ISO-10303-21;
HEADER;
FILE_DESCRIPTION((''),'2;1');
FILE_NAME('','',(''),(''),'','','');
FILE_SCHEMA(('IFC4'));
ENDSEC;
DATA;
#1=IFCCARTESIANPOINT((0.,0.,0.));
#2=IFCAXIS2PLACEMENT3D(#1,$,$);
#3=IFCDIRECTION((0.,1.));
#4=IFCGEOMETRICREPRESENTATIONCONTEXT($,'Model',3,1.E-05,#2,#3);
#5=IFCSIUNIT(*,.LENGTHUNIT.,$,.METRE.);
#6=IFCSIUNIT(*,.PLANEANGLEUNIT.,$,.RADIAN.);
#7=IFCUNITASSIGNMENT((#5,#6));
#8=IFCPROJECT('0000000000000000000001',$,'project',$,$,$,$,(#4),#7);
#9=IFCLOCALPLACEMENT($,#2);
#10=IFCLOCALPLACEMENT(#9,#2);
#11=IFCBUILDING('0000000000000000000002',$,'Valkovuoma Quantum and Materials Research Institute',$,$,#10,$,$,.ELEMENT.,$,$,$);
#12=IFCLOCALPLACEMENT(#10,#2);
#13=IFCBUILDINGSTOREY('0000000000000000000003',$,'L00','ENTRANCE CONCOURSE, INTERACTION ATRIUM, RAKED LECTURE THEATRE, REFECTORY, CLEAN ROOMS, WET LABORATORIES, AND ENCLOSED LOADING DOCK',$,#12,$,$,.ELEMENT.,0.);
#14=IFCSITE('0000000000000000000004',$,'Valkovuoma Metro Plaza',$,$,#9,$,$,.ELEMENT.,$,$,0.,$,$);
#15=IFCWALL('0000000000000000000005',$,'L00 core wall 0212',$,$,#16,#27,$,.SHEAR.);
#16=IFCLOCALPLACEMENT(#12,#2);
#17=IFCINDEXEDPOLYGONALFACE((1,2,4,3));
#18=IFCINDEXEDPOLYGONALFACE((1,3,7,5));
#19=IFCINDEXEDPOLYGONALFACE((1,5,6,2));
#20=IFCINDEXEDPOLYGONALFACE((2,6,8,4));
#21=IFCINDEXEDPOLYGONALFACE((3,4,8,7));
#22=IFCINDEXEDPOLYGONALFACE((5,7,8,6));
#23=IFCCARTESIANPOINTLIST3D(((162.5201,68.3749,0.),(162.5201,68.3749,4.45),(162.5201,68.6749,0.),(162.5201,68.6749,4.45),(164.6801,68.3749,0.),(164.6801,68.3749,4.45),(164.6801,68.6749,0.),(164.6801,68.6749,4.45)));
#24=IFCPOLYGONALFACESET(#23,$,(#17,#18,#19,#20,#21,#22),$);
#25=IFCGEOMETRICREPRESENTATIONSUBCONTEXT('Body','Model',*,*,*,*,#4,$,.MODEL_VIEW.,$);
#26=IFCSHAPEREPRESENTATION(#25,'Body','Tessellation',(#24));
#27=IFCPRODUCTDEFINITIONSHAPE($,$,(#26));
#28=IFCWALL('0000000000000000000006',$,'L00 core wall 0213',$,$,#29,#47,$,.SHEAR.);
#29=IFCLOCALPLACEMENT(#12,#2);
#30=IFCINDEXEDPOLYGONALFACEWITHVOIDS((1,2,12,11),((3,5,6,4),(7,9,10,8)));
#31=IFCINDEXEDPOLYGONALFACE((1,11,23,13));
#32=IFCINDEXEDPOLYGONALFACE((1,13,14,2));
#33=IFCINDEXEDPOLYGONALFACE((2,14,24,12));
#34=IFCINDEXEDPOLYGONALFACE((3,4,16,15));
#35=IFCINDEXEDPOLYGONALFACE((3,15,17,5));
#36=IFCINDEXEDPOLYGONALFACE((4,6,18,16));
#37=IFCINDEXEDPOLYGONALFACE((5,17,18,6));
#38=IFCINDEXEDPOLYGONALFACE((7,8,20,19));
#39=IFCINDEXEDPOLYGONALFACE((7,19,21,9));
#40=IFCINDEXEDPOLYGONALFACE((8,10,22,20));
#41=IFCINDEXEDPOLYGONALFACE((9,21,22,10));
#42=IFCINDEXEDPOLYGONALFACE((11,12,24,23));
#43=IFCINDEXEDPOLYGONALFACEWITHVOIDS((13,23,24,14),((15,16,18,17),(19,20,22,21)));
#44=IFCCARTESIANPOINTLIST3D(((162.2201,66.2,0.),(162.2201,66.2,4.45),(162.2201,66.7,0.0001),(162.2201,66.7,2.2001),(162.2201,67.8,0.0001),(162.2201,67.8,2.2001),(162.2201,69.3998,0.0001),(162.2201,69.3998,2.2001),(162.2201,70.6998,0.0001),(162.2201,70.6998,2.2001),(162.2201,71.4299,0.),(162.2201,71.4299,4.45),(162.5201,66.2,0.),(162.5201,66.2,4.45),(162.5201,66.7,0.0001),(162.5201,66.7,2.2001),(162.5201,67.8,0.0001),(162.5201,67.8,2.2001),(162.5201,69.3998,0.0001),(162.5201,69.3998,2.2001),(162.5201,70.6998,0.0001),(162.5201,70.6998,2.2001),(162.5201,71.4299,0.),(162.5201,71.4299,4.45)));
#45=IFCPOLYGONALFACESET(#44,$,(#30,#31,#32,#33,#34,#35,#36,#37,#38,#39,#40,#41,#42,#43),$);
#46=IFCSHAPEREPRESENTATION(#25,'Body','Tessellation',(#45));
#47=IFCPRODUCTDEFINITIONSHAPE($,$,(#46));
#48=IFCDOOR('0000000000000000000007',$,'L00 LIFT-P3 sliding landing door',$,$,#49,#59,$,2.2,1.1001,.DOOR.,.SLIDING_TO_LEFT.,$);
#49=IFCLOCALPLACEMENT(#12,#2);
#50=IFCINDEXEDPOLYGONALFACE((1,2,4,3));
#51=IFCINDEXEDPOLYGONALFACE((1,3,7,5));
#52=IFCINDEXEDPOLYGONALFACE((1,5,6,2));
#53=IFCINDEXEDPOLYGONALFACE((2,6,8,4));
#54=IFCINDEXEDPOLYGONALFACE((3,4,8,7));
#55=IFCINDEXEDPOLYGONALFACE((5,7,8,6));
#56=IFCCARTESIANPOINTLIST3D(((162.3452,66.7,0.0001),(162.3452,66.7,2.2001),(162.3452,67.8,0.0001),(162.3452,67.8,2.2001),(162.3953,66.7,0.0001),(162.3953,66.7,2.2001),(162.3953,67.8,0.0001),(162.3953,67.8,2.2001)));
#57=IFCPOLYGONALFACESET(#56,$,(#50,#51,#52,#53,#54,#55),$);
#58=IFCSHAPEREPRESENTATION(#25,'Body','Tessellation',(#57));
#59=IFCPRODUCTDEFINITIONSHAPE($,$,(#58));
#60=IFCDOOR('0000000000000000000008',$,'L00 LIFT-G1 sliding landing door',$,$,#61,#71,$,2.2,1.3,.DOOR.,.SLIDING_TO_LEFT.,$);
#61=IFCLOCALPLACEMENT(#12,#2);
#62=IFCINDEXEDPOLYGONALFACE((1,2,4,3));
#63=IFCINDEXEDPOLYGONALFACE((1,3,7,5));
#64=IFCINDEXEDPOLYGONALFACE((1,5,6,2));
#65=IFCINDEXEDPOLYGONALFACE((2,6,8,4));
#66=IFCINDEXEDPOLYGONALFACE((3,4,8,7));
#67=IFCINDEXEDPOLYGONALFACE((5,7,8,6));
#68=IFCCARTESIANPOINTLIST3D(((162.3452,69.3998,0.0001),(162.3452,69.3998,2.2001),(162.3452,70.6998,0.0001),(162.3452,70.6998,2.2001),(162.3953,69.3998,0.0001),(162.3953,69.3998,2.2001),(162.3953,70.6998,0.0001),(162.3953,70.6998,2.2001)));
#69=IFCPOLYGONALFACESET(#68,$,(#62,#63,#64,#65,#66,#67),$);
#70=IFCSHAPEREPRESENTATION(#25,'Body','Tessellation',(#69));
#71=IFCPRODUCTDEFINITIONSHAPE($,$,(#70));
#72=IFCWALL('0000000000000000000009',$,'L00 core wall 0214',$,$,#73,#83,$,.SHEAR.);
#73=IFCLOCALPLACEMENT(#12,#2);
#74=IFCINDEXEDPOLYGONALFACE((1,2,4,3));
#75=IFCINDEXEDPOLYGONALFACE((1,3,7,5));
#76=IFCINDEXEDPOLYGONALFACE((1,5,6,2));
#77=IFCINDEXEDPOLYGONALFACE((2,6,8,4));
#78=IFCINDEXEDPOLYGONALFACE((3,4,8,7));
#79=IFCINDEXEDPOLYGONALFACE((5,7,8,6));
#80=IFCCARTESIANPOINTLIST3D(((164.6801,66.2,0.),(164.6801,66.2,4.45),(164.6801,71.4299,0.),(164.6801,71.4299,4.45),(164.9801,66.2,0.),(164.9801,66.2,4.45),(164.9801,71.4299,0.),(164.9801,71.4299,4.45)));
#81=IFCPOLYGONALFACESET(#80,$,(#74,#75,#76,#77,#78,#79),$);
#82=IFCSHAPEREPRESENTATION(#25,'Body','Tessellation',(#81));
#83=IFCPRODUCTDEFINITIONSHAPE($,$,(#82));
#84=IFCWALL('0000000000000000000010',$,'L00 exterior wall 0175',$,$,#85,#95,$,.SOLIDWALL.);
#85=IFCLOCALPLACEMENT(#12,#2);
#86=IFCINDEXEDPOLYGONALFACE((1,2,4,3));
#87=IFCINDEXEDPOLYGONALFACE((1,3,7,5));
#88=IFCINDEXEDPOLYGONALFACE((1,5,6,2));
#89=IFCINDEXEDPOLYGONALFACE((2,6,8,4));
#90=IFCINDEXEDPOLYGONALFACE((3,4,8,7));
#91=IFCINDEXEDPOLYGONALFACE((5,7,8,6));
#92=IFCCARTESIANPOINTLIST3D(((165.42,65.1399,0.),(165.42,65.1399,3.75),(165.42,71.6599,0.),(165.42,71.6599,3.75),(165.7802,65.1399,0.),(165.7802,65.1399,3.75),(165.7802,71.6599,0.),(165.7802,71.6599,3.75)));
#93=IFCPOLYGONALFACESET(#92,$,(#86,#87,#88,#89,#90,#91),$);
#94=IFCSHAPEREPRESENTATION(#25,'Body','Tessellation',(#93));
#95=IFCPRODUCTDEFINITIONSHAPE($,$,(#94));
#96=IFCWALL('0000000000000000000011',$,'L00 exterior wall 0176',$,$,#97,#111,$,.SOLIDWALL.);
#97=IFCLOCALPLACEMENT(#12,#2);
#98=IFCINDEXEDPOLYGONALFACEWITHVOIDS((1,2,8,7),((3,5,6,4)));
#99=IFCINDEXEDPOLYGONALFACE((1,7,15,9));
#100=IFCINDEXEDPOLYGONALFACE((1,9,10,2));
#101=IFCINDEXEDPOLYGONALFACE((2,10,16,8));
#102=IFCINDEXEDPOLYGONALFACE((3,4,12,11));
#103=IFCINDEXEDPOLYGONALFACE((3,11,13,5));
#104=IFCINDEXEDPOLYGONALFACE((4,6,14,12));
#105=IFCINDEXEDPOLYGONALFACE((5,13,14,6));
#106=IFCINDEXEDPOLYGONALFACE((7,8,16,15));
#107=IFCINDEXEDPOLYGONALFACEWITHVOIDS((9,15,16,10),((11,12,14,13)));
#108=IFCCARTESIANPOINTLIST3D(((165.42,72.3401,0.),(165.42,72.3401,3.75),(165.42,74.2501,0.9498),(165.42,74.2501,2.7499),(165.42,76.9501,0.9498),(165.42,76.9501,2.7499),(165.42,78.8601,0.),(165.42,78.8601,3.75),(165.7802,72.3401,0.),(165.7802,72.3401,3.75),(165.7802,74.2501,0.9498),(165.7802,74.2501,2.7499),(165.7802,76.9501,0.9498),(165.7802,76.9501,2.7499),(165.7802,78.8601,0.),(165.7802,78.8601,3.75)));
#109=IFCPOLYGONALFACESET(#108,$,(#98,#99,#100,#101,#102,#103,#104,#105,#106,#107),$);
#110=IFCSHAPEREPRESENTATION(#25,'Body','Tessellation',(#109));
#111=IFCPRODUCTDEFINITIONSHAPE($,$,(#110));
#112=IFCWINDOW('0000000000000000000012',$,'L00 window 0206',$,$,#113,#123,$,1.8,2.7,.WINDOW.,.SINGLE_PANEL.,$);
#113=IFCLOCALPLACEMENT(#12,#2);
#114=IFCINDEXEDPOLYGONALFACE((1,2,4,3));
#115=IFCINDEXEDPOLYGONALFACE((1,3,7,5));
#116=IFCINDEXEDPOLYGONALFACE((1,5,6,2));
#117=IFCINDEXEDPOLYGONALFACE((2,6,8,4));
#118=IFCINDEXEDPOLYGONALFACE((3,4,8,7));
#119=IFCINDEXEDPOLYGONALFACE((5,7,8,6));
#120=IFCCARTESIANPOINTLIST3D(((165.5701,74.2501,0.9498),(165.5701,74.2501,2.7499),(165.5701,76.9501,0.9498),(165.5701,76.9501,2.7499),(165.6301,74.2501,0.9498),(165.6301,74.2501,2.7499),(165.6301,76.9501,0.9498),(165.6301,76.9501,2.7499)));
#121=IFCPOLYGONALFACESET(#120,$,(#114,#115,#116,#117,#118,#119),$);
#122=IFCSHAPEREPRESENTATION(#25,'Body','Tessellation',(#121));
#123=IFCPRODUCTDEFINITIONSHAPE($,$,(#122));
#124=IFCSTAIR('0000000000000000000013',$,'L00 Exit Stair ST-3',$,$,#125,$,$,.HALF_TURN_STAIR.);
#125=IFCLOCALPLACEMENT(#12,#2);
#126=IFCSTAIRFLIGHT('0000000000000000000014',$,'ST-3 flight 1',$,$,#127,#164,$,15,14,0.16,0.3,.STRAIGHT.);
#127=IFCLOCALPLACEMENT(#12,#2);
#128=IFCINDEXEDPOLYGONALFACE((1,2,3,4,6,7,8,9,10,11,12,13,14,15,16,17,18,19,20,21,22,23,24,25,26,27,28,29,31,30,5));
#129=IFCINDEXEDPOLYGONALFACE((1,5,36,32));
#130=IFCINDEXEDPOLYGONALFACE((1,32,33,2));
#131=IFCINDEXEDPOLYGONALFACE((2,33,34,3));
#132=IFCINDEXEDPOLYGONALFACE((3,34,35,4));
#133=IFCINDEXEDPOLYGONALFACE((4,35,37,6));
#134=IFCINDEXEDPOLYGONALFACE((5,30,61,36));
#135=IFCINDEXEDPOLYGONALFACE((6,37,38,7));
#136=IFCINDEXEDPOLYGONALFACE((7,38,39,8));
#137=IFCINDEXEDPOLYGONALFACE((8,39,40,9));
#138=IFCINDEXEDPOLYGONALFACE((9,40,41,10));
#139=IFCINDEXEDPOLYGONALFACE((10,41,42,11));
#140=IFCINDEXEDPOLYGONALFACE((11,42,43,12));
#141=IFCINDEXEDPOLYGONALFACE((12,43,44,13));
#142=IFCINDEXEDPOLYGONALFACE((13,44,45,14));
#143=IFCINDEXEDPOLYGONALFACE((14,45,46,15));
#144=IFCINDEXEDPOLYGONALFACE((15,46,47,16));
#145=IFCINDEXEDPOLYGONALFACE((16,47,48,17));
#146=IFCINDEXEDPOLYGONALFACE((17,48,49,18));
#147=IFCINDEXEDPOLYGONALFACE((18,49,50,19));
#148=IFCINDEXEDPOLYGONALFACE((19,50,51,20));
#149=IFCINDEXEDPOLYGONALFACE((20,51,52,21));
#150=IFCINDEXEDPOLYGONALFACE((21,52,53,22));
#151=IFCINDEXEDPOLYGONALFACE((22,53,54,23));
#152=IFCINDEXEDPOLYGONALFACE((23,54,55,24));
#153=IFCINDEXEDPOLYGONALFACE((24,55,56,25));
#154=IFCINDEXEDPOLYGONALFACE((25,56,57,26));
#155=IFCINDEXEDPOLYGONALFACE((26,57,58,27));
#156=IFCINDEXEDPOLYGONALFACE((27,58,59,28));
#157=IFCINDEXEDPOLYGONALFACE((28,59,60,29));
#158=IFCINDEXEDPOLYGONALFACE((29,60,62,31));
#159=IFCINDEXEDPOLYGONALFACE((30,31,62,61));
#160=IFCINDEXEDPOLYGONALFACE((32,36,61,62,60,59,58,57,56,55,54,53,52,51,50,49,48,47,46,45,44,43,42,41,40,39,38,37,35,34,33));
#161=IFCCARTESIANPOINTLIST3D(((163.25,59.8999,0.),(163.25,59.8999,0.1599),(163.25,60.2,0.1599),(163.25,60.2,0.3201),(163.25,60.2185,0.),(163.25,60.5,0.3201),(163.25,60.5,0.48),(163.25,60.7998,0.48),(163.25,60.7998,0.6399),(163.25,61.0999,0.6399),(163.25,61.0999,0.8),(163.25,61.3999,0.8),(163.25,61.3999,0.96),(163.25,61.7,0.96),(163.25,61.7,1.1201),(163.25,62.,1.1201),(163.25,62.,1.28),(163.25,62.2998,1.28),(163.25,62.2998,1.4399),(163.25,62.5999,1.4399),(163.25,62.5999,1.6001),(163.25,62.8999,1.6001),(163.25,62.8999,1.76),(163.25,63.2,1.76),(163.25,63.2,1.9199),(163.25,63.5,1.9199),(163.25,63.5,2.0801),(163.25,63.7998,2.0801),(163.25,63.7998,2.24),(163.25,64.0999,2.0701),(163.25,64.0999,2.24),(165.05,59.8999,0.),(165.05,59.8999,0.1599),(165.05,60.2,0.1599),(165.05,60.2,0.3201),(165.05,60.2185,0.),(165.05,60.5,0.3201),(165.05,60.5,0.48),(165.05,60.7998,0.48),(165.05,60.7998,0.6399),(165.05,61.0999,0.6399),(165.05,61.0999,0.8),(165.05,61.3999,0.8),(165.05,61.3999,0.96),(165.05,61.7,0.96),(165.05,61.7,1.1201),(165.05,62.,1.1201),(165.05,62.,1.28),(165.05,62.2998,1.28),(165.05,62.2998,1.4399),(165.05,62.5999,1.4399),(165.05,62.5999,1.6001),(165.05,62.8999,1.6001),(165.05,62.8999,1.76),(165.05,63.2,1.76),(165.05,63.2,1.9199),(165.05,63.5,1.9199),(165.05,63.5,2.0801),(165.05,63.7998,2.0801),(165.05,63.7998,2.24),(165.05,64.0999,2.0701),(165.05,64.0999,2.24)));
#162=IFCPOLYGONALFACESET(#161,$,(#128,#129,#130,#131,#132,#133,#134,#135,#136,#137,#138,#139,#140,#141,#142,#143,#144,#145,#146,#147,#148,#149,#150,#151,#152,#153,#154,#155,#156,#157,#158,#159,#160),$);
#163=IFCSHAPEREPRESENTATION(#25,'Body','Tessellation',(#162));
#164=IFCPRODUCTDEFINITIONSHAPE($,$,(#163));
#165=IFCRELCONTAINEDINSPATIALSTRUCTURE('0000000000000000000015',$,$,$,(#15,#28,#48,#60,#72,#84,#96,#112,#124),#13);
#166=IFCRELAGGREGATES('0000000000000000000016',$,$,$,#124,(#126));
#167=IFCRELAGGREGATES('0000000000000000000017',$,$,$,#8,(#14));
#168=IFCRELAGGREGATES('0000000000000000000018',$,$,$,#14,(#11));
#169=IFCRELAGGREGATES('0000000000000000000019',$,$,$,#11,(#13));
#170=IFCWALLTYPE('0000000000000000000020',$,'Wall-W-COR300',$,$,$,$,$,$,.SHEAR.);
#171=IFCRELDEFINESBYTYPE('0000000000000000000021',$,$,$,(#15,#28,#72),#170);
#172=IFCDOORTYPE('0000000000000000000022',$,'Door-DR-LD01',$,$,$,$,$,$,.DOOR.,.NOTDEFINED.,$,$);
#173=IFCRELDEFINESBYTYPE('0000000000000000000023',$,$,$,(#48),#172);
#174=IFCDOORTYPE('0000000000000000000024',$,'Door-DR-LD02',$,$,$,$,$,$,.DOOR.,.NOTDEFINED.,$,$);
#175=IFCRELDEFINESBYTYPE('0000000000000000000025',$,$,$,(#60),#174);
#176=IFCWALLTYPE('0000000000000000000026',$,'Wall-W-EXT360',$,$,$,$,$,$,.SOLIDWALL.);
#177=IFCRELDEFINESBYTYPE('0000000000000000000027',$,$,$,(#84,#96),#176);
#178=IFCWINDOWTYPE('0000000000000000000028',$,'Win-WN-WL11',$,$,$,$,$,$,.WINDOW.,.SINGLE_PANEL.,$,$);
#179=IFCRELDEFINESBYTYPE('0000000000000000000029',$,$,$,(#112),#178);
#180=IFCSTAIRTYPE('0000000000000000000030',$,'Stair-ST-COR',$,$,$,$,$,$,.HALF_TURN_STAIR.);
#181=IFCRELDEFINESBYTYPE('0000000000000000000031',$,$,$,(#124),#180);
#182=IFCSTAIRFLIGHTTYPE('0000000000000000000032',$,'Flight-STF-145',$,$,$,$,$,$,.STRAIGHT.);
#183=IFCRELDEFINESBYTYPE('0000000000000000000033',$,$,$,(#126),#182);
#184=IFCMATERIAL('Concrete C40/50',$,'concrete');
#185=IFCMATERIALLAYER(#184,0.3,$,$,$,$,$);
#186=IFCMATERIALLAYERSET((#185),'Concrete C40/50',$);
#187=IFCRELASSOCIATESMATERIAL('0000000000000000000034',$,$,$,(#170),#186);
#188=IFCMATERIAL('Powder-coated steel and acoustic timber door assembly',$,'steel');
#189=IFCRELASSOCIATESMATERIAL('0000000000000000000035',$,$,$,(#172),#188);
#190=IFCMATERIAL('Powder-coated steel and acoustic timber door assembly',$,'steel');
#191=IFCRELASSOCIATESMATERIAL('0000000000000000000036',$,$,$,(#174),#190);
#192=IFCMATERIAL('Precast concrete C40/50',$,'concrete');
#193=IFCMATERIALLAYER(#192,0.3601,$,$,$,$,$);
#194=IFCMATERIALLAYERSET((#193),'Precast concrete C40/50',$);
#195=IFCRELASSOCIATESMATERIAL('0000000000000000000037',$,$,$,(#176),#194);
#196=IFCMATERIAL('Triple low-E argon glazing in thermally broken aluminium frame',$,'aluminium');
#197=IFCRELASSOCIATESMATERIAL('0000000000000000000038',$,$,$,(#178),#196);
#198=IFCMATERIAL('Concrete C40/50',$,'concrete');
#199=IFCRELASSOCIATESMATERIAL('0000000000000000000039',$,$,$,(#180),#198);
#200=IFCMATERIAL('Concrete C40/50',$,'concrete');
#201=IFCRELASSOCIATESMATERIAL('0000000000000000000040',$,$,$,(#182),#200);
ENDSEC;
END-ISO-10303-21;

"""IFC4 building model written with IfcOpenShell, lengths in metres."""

from ifc_helpers import new_model, si_unit, direction, frame, frame_2d, origin, place, context, subcontext, project, spatial, polyline, rectangle, outline, extrude, material, layer, layer_set, type_object, element, fill, aggregate, save


model = new_model("IFC4")

# Units and contexts
model_context = context("Model", 3, precision=1e-05, world=origin(), true_north=direction((0.0, 1.0)))
body_context = subcontext(model_context, "Body", "Model", "MODEL_VIEW")
ifc_project = project(units=[si_unit("LENGTHUNIT", "METRE"), si_unit("PLANEANGLEUNIT", "RADIAN")], contexts=[model_context])

# Site, building, storey
site_placement = place(None, origin())
site = spatial("IfcSite", under=ifc_project, at=site_placement, Name="Valkovuoma Metro Plaza", CompositionType="ELEMENT", RefElevation=0.0)
building_placement = place(site_placement, origin())
building = spatial("IfcBuilding", under=site, at=building_placement, Name="Valkovuoma Quantum and Materials Research Institute", CompositionType="ELEMENT")
storey_placement = place(building_placement, origin())
storey = spatial("IfcBuildingStorey", under=building, at=storey_placement, Name="L00", Description="ENTRANCE CONCOURSE, INTERACTION ATRIUM, RAKED LECTURE THEATRE, REFECTORY, CLEAN ROOMS, WET LABORATORIES, AND ENCLOSED LOADING DOCK", CompositionType="ELEMENT", Elevation=0.0)

# Wall
ifc_material_1 = material(Name="Concrete C40/50", Category="concrete")
ifc_layer_1 = layer(ifc_material_1, 0.3)
ifc_layer_set_1 = layer_set([ifc_layer_1], Name="Concrete C40/50")
wall_type_1 = type_object("IfcWallType", Name="Wall-W-COR300", PredefinedType="SHEAR", material=ifc_layer_set_1)
wall_1_placement = place(storey_placement, frame((162.52, 68.5249, 0.0), z_axis=(0.0, 0.0, 1.0), x_axis=(1.0, 0.0, 0.0)))
element("IfcWall", 1, at=wall_1_placement, inside=storey, type_object=wall_type_1, Name="L00 core wall 0212", PredefinedType="SHEAR", context=body_context, shape_type="SweptSolid", body=[
    extrude(rectangle(XDim=2.1599, YDim=0.3, at=frame_2d((1.0801, 0.0))), origin(), (0.0, 0.0, 1.0), 4.45),
])

# Wall, openings, doors
wall_2_placement = place(storey_placement, frame((162.3701, 66.2, 0.0), z_axis=(0.0, 0.0, 1.0), x_axis=(0.0, 1.0, 0.0)))
wall_2 = element("IfcWall", 2, at=wall_2_placement, inside=storey, type_object=wall_type_1, Name="L00 core wall 0213", PredefinedType="SHEAR", context=body_context, shape_type="SweptSolid", body=[
    extrude(rectangle(XDim=5.23, YDim=0.3, at=frame_2d((2.615, 0.0))), origin(), (0.0, 0.0, 1.0), 4.45),
])
opening_1_placement = place(wall_2_placement, frame((0.5, 0.0, 0.0)))
opening_1 = element("IfcOpeningElement", 3, at=opening_1_placement, cuts=wall_2, PredefinedType="OPENING", context=body_context, shape_type="SweptSolid", body=[
    extrude(rectangle(XDim=1.1001, YDim=2.2, at=frame_2d((0.55, 1.1001))), frame((0.0, 0.1602, 0.0), z_axis=(0.0, -1.0, 0.0), x_axis=(1.0, 0.0, 0.0)), (0.0, 0.0, 1.0), 0.3201),
])
opening_2_placement = place(wall_2_placement, frame((3.2, 0.0, 0.0)))
opening_2 = element("IfcOpeningElement", 4, at=opening_2_placement, cuts=wall_2, PredefinedType="OPENING", context=body_context, shape_type="SweptSolid", body=[
    extrude(rectangle(XDim=1.3, YDim=2.2, at=frame_2d((0.6499, 1.1001))), frame((0.0, 0.1602, 0.0), z_axis=(0.0, -1.0, 0.0), x_axis=(1.0, 0.0, 0.0)), (0.0, 0.0, 1.0), 0.3201),
])
ifc_material_2 = material(Name="Powder-coated steel and acoustic timber door assembly", Category="steel")
door_type_1 = type_object("IfcDoorType", Name="Door-DR-LD01", OperationType="NOTDEFINED", PredefinedType="DOOR", material=ifc_material_2)
door_1_placement = place(opening_1_placement, origin())
door_1 = element("IfcDoor", 5, at=door_1_placement, inside=storey, type_object=door_type_1, Name="L00 LIFT-P3 sliding landing door", OperationType="SLIDING_TO_LEFT", OverallHeight=2.2, OverallWidth=1.1001, PredefinedType="DOOR", context=body_context, shape_type="SweptSolid", body=[
    extrude(rectangle(XDim=1.1001, YDim=2.2, at=frame_2d((0.55, 1.1001))), frame((0.0, 0.0249, 0.0), z_axis=(0.0, -1.0, 0.0), x_axis=(1.0, 0.0, 0.0)), (0.0, 0.0, 1.0), 0.05),
])
fill(opening_1, door_1)
ifc_material_3 = material(Name="Powder-coated steel and acoustic timber door assembly", Category="steel")
door_type_2 = type_object("IfcDoorType", Name="Door-DR-LD02", OperationType="NOTDEFINED", PredefinedType="DOOR", material=ifc_material_3)
door_2_placement = place(opening_2_placement, origin())
door_2 = element("IfcDoor", 6, at=door_2_placement, inside=storey, type_object=door_type_2, Name="L00 LIFT-G1 sliding landing door", OperationType="SLIDING_TO_LEFT", OverallHeight=2.2, OverallWidth=1.3, PredefinedType="DOOR", context=body_context, shape_type="SweptSolid", body=[
    extrude(rectangle(XDim=1.3, YDim=2.2, at=frame_2d((0.6499, 1.1001))), frame((0.0, 0.0249, 0.0), z_axis=(0.0, -1.0, 0.0), x_axis=(1.0, 0.0, 0.0)), (0.0, 0.0, 1.0), 0.05),
])
fill(opening_2, door_2)

# Walls
wall_3_placement = place(storey_placement, frame((164.8301, 66.2, 0.0), z_axis=(0.0, 0.0, 1.0), x_axis=(0.0, 1.0, 0.0)))
element("IfcWall", 7, at=wall_3_placement, inside=storey, type_object=wall_type_1, Name="L00 core wall 0214", PredefinedType="SHEAR", context=body_context, shape_type="SweptSolid", body=[
    extrude(rectangle(XDim=5.23, YDim=0.3, at=frame_2d((2.615, 0.0))), origin(), (0.0, 0.0, 1.0), 4.45),
])
ifc_material_4 = material(Name="Precast concrete C40/50", Category="concrete")
ifc_layer_2 = layer(ifc_material_4, 0.3601)
ifc_layer_set_2 = layer_set([ifc_layer_2], Name="Precast concrete C40/50")
wall_type_2 = type_object("IfcWallType", Name="Wall-W-EXT360", PredefinedType="SOLIDWALL", material=ifc_layer_set_2)
wall_4_placement = place(storey_placement, frame((165.6001, 65.1399, 0.0), z_axis=(0.0, 0.0, 1.0), x_axis=(0.0, 1.0, 0.0)))
element("IfcWall", 8, at=wall_4_placement, inside=storey, type_object=wall_type_2, Name="L00 exterior wall 0175", PredefinedType="SOLIDWALL", context=body_context, shape_type="SweptSolid", body=[
    extrude(rectangle(XDim=6.52, YDim=0.3601, at=frame_2d((3.26, 0.0))), origin(), (0.0, 0.0, 1.0), 3.75),
])

# Wall, opening, window
wall_5_placement = place(storey_placement, frame((165.6001, 72.3401, 0.0), z_axis=(0.0, 0.0, 1.0), x_axis=(0.0, 1.0, 0.0)))
wall_5 = element("IfcWall", 9, at=wall_5_placement, inside=storey, type_object=wall_type_2, Name="L00 exterior wall 0176", PredefinedType="SOLIDWALL", context=body_context, shape_type="SweptSolid", body=[
    extrude(rectangle(XDim=6.52, YDim=0.3601, at=frame_2d((3.26, 0.0))), origin(), (0.0, 0.0, 1.0), 3.75),
])
opening_3_placement = place(wall_5_placement, frame((1.9099, 0.0, 0.95)))
opening_3 = element("IfcOpeningElement", 10, at=opening_3_placement, cuts=wall_5, PredefinedType="OPENING", context=body_context, shape_type="SweptSolid", body=[
    extrude(rectangle(XDim=2.7, YDim=1.8, at=frame_2d((1.3501, 0.8999))), frame((0.0, 0.1899, 0.0), z_axis=(0.0, -1.0, 0.0), x_axis=(1.0, 0.0, 0.0)), (0.0, 0.0, 1.0), 0.3801),
])
ifc_material_5 = material(Name="Triple low-E argon glazing in thermally broken aluminium frame", Category="aluminium")
window_type = type_object("IfcWindowType", Name="Win-WN-WL11", PartitioningType="SINGLE_PANEL", PredefinedType="WINDOW", material=ifc_material_5)
window_placement = place(opening_3_placement, origin())
window = element("IfcWindow", 11, at=window_placement, inside=storey, type_object=window_type, Name="L00 window 0206", OverallHeight=1.8, OverallWidth=2.7, PartitioningType="SINGLE_PANEL", PredefinedType="WINDOW", context=body_context, shape_type="SweptSolid", body=[
    extrude(rectangle(XDim=2.7, YDim=1.8, at=frame_2d((1.3501, 0.8999))), frame((0.0, 0.03, 0.0), z_axis=(0.0, -1.0, 0.0), x_axis=(1.0, 0.0, 0.0)), (0.0, 0.0, 1.0), 0.0601),
])
fill(opening_3, window)

# Stair, stair flight
ifc_material_6 = material(Name="Concrete C40/50", Category="concrete")
stair_type = type_object("IfcStairType", Name="Stair-ST-COR", PredefinedType="HALF_TURN_STAIR", material=ifc_material_6)
stair_placement = place(storey_placement, origin())
stair = element("IfcStair", 12, at=stair_placement, inside=storey, type_object=stair_type, Name="L00 Exit Stair ST-3", PredefinedType="HALF_TURN_STAIR")
ifc_material_7 = material(Name="Concrete C40/50", Category="concrete")
stair_flight_type = type_object("IfcStairFlightType", Name="Flight-STF-145", PredefinedType="STRAIGHT", material=ifc_material_7)
stair_flight_1_placement = place(storey_placement, frame((164.1499, 59.8999, 0.0), z_axis=(0.0, 0.0, 1.0), x_axis=(0.0, 1.0, 0.0)))
stair_flight_1 = element("IfcStairFlight", 13, at=stair_flight_1_placement, type_object=stair_flight_type, Name="ST-3 flight 1", NumberOfRisers=15, NumberOfTreads=14, PredefinedType="STRAIGHT", RiserHeight=0.16, TreadLength=0.3, context=body_context, shape_type="SweptSolid", body=[
    extrude(outline(polyline([(0.0, 0.0), (0.0, 0.1599), (0.3, 0.1599), (0.3, 0.3201), (0.6001, 0.3201), (0.6001, 0.48), (0.8999, 0.48), (0.8999, 0.6399), (1.2, 0.6399), (1.2, 0.8), (1.5, 0.8), (1.5, 0.96), (1.8, 0.96), (1.8, 1.1201), (2.1001, 1.1201), (2.1001, 1.28), (2.3999, 1.28), (2.3999, 1.4399), (2.7, 1.4399), (2.7, 1.6001), (3.0, 1.6001), (3.0, 1.76), (3.3, 1.76), (3.3, 1.9199), (3.6001, 1.9199), (3.6001, 2.0801), (3.8999, 2.0801), (3.8999, 2.24), (4.2, 2.24), (4.2, 2.3999), (4.2, 2.0701), (0.3186, 0.0), (0.0, 0.0)])), frame((0.0, 0.8999, 0.0), z_axis=(0.0, -1.0, 0.0), x_axis=(1.0, 0.0, 0.0)), (0.0, 0.0, 1.0), 1.8),
])
aggregate(stair, [stair_flight_1])

save(model, "model.ifc")
